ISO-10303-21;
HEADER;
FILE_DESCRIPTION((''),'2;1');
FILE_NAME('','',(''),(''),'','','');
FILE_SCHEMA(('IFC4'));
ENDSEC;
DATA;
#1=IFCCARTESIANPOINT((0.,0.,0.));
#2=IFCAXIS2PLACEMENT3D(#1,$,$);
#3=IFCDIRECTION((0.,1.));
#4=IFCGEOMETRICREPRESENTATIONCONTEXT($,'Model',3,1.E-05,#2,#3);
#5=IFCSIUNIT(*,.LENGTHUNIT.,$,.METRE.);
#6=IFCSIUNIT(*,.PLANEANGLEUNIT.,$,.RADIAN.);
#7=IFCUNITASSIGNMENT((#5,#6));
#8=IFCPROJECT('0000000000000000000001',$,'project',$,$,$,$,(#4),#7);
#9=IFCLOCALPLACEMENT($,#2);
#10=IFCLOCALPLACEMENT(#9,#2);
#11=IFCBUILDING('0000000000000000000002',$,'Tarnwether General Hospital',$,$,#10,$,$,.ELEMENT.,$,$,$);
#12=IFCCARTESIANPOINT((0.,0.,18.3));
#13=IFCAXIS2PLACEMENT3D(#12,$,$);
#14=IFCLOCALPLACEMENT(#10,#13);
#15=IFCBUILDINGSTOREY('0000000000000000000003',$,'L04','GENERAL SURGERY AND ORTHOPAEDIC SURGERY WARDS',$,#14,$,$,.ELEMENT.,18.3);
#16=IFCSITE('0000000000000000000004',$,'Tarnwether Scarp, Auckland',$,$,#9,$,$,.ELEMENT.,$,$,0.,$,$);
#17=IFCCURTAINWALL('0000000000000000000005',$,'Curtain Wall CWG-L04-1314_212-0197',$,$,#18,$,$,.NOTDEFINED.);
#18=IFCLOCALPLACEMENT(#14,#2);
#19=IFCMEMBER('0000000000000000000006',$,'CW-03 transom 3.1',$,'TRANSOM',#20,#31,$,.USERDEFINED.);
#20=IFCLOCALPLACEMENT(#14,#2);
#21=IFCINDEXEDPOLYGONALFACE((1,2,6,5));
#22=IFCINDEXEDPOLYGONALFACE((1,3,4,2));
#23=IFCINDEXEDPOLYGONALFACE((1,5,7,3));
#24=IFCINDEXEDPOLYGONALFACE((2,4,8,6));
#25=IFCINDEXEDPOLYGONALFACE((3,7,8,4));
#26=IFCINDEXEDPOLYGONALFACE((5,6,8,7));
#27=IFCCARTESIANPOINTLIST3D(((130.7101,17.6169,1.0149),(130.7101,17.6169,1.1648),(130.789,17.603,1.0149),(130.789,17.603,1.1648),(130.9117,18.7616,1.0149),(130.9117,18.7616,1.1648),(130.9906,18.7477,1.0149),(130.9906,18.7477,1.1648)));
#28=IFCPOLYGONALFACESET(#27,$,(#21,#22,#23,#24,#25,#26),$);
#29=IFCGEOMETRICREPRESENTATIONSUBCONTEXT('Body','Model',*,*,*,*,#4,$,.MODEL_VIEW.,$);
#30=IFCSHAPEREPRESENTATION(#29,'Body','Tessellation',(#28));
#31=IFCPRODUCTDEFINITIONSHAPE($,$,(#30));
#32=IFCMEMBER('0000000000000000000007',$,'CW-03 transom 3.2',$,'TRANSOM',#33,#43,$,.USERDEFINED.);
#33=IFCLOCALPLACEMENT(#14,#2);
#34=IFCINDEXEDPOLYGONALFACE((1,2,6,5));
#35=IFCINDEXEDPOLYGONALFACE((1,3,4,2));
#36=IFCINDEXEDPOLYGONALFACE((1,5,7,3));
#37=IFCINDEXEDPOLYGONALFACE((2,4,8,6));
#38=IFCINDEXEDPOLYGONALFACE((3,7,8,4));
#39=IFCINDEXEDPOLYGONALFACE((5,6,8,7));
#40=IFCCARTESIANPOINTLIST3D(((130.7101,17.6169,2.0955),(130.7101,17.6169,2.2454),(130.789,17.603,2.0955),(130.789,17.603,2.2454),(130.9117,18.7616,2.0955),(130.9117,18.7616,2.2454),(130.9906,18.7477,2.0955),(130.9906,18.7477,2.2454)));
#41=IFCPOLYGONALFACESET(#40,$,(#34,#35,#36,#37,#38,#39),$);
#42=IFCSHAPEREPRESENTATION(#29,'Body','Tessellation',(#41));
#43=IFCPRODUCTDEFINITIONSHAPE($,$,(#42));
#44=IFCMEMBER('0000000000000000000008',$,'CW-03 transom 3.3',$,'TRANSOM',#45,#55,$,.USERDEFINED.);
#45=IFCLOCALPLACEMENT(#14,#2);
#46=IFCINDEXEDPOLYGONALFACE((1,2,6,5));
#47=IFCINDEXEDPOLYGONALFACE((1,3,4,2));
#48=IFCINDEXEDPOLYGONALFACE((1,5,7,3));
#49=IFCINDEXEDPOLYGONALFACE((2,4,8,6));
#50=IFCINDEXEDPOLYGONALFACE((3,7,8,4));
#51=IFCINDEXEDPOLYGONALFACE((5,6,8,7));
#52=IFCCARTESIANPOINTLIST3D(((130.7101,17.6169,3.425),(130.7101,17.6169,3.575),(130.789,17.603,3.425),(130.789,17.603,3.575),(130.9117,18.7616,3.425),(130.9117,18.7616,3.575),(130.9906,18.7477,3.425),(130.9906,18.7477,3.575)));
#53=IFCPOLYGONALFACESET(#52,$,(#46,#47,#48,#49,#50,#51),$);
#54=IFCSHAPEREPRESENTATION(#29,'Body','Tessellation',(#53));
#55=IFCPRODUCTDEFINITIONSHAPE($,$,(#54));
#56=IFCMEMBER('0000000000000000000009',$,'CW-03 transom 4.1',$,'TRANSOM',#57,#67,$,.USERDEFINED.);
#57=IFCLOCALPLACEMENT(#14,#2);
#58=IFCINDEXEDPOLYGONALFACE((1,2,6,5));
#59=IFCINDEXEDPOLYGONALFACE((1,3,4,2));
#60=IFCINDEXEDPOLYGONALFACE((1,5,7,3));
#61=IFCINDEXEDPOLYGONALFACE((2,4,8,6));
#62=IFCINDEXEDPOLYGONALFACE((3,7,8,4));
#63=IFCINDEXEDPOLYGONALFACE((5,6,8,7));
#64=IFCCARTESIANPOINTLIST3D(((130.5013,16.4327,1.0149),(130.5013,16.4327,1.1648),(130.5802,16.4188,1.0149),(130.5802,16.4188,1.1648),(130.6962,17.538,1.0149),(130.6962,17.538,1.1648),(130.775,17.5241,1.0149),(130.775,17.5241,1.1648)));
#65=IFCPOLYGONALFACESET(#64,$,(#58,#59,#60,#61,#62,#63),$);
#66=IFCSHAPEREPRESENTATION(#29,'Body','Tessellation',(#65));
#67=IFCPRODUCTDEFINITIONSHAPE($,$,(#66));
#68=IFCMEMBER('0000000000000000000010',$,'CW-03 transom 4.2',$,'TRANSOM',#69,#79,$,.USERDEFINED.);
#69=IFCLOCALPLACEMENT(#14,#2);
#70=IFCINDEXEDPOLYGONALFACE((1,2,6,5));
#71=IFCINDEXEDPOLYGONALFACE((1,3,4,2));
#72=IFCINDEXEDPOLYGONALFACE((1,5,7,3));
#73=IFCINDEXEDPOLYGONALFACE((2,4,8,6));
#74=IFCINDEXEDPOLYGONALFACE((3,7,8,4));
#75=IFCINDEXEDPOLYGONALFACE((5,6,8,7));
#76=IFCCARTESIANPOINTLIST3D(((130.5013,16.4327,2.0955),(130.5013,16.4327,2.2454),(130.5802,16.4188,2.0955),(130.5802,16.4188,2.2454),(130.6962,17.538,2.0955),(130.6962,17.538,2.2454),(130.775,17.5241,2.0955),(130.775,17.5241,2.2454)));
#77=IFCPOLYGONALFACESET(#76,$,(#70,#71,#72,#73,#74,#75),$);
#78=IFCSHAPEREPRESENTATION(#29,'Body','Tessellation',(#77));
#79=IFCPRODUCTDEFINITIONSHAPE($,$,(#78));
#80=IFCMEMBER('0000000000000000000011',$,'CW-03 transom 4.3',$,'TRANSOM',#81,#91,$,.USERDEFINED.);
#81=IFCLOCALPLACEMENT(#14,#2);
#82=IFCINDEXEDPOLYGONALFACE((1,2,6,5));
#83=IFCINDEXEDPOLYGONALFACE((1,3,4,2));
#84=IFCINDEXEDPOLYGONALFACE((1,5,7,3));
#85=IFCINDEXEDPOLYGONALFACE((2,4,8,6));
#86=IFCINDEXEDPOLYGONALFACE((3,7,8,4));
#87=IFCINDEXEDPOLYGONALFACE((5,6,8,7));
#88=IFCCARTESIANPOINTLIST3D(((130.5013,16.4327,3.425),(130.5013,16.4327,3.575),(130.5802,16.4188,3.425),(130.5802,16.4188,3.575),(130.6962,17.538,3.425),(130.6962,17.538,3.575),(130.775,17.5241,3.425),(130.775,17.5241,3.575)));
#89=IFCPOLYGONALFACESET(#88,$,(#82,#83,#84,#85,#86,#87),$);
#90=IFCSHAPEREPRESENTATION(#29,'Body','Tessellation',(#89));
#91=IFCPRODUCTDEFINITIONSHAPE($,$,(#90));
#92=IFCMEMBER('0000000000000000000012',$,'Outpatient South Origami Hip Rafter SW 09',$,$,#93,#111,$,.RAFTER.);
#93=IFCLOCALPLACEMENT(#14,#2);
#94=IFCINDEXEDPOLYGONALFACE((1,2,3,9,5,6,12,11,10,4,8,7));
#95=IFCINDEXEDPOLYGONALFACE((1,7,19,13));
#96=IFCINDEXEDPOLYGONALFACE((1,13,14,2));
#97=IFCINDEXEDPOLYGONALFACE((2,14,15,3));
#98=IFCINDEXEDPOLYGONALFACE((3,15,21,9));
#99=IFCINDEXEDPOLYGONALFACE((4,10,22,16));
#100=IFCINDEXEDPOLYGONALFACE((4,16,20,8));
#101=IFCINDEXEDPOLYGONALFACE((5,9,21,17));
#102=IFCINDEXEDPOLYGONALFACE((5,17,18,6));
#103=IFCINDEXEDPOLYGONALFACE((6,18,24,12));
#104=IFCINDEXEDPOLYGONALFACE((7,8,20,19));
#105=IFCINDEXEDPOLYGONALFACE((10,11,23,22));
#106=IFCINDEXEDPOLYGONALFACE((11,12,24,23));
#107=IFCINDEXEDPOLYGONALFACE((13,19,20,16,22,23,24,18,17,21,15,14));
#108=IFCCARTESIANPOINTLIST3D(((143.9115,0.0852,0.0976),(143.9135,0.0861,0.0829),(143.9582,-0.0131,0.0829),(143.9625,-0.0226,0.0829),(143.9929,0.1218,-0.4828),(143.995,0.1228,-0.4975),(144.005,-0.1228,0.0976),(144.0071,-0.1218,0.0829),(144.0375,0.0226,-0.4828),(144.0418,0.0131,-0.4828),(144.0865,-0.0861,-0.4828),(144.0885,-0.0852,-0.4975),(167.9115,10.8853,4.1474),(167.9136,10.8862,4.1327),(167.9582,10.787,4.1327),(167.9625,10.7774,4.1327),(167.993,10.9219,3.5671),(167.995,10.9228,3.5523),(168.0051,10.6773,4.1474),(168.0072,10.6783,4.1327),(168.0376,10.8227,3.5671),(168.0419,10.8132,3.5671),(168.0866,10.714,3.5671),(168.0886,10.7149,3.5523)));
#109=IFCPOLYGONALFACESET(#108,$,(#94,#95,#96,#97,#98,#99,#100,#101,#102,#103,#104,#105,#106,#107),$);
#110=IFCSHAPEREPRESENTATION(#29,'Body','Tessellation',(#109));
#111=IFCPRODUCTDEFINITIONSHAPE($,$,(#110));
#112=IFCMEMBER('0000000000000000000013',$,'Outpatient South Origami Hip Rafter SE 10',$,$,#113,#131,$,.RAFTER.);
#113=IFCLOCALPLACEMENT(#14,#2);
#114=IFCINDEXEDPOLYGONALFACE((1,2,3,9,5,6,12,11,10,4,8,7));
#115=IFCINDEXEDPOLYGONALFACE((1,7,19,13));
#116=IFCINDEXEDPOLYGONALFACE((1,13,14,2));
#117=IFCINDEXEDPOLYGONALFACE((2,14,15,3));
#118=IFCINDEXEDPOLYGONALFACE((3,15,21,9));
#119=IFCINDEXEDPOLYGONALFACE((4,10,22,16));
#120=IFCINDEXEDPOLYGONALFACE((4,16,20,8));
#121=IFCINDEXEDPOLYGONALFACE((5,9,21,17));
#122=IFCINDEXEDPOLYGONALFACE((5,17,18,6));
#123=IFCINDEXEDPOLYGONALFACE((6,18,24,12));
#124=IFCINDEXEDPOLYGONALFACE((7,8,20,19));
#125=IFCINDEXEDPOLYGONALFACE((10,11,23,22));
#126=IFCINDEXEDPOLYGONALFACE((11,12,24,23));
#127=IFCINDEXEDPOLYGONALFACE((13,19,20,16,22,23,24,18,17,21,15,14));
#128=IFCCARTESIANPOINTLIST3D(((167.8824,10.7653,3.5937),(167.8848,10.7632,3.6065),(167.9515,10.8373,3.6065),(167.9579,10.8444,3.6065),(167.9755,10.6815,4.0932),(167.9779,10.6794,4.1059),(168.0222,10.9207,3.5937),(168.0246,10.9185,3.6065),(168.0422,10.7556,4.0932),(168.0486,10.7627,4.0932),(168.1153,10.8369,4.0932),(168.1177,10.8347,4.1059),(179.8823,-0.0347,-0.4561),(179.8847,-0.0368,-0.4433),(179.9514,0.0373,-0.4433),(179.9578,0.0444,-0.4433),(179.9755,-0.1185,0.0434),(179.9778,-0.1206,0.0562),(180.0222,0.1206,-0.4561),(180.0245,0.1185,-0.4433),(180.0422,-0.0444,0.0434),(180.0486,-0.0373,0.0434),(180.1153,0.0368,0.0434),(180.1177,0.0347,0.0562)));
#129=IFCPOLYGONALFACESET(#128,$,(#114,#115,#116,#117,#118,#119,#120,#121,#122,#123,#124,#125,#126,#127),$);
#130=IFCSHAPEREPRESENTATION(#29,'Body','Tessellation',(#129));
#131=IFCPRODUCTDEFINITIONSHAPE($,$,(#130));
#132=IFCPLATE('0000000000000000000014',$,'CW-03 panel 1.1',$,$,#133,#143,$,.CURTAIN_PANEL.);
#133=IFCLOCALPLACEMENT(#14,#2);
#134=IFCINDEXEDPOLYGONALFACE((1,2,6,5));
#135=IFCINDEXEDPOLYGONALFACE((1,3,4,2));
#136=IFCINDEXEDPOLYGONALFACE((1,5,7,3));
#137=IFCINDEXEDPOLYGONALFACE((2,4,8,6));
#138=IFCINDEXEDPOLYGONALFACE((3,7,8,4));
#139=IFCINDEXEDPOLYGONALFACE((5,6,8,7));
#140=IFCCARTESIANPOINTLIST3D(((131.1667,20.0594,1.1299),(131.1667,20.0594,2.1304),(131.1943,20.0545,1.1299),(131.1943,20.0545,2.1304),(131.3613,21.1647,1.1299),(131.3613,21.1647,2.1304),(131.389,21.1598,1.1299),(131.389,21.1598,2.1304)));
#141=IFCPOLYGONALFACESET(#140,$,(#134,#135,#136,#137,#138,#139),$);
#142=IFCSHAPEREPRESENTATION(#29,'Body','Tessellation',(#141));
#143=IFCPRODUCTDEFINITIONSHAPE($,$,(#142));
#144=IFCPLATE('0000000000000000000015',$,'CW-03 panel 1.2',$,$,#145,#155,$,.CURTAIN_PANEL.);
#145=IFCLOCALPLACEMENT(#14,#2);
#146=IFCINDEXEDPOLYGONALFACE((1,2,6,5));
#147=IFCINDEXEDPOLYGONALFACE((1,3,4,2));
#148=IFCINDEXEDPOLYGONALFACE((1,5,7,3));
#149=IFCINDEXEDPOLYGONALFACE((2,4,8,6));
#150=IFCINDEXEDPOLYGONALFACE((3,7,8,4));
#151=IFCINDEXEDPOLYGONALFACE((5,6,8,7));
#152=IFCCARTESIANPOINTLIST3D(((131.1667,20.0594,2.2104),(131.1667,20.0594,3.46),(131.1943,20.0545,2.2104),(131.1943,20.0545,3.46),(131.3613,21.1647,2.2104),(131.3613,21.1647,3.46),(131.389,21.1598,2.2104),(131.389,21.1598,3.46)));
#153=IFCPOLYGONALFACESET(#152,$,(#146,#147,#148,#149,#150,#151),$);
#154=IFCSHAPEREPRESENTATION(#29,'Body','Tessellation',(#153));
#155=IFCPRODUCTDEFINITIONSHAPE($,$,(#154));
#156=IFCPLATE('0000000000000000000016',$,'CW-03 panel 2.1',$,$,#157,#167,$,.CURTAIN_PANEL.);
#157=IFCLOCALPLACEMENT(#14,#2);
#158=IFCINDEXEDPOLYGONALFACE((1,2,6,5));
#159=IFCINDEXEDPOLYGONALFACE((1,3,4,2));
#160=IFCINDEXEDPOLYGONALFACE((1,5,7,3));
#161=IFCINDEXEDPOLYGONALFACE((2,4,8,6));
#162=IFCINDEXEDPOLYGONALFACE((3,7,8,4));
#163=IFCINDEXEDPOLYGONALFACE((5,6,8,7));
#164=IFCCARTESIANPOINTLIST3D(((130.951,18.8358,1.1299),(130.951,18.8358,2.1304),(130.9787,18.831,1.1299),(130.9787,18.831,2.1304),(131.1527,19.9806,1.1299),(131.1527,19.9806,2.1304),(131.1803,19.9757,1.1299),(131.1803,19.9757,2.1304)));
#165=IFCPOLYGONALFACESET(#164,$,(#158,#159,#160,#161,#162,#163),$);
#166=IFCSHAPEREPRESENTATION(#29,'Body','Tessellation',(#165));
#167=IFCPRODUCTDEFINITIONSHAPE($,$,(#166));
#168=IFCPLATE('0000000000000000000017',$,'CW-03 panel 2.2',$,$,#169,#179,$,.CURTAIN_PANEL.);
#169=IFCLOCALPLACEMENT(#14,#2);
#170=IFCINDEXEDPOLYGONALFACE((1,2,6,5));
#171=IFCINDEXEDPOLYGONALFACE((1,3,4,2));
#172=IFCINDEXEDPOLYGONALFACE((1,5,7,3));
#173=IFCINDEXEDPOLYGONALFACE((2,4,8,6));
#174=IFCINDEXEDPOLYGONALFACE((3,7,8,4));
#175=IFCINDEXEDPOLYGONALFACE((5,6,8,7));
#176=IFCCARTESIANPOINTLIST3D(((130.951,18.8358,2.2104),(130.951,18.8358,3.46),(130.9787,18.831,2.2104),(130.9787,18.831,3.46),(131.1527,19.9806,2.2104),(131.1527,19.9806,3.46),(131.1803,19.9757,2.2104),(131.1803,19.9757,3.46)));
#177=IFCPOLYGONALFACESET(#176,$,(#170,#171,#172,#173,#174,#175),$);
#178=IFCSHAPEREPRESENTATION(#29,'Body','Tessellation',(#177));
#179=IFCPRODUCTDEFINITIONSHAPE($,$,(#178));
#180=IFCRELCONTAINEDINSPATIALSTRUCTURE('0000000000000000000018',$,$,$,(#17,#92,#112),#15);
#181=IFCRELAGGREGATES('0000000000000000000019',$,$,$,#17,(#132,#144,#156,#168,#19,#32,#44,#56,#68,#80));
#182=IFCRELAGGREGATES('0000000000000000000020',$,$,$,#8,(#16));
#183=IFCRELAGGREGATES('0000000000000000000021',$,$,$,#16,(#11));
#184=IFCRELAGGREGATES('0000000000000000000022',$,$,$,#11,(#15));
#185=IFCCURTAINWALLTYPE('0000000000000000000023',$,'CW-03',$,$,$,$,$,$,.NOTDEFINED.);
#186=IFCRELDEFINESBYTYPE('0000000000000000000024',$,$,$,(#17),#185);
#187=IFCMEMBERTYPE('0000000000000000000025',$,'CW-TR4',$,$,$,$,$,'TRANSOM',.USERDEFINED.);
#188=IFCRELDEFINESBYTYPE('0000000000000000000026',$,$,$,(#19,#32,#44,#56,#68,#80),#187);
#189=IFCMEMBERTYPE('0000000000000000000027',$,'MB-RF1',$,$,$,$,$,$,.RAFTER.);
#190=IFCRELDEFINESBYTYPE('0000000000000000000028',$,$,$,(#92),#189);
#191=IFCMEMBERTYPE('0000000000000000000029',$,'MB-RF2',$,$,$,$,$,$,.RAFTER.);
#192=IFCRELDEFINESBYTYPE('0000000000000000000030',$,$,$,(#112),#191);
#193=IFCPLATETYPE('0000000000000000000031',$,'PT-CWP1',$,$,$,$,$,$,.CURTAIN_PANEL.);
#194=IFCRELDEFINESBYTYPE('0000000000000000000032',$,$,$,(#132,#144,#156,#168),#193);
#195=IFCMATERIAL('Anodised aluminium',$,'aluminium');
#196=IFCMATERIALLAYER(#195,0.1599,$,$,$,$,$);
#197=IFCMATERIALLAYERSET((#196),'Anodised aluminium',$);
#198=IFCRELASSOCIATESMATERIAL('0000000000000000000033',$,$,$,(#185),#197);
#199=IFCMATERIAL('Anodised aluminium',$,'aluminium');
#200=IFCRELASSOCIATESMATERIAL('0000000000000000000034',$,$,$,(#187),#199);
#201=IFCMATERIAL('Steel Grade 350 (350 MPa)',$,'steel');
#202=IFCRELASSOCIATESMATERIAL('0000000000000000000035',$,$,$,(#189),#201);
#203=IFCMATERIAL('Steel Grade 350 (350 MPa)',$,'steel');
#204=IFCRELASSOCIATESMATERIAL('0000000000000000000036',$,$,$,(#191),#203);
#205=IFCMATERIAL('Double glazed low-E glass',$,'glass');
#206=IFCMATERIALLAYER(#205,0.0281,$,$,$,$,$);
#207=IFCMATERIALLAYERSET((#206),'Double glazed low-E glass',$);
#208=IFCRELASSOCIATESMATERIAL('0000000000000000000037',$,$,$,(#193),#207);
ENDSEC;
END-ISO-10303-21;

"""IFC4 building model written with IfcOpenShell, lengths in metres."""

from ifc_helpers import new_model, si_unit, direction, frame, origin, origin_2d, place, context, subcontext, project, spatial, rectangle, i_section, extrude, material, layer, layer_set, material_profile, profile_set, type_object, element, aggregate, save


model = new_model("IFC4")

# Units and contexts
model_context = context("Model", 3, precision=1e-05, world=origin(), true_north=direction((0.0, 1.0)))
body_context = subcontext(model_context, "Body", "Model", "MODEL_VIEW")
ifc_project = project(units=[si_unit("LENGTHUNIT", "METRE"), si_unit("PLANEANGLEUNIT", "RADIAN")], contexts=[model_context])

# Site, building, storey
site_placement = place(None, origin())
site = spatial("IfcSite", under=ifc_project, at=site_placement, Name="Tarnwether Scarp, Auckland", CompositionType="ELEMENT", RefElevation=0.0)
building_placement = place(site_placement, origin())
building = spatial("IfcBuilding", under=site, at=building_placement, Name="Tarnwether General Hospital", CompositionType="ELEMENT")
storey_placement = place(building_placement, frame((0.0, 0.0, 18.3)))
storey = spatial("IfcBuildingStorey", under=building, at=storey_placement, Name="L04", Description="GENERAL SURGERY AND ORTHOPAEDIC SURGERY WARDS", CompositionType="ELEMENT", Elevation=18.3)

# Curtain wall, members
ifc_material_1 = material(Name="Anodised aluminium", Category="aluminium")
ifc_layer_1 = layer(ifc_material_1, 0.1599)
ifc_layer_set_1 = layer_set([ifc_layer_1], Name="Anodised aluminium")
curtain_wall_type = type_object("IfcCurtainWallType", Name="CW-03", PredefinedType="NOTDEFINED", material=ifc_layer_set_1)
curtain_wall_placement = place(storey_placement, origin())
curtain_wall = element("IfcCurtainWall", 1, at=curtain_wall_placement, inside=storey, type_object=curtain_wall_type, Name="Curtain Wall CWG-L04-1314_212-0197", PredefinedType="NOTDEFINED")
ifc_material_2 = material(Name="Anodised aluminium", Category="aluminium")
ifc_material_profile_1 = material_profile(ifc_material_2, rectangle(XDim=0.0801, YDim=0.1499, at=origin_2d()), Name="ALU-TRN-80x150")
ifc_profile_set_1 = profile_set([ifc_material_profile_1], Name="Anodised aluminium")
member_type_1 = type_object("IfcMemberType", Name="CW-TR4", ElementType="TRANSOM", PredefinedType="USERDEFINED", material=ifc_profile_set_1)
member_1_placement = place(storey_placement, frame((130.9512, 18.7546, 1.0898), z_axis=(-0.173486, -0.984836, 0.0), x_axis=(0.984836, -0.173486, 0.0)))
member_1 = element("IfcMember", 2, at=member_1_placement, type_object=member_type_1, Name="CW-03 transom 3.1", ObjectType="TRANSOM", PredefinedType="USERDEFINED", context=body_context, shape_type="SweptSolid", body=[
    extrude(rectangle(XDim=0.0801, YDim=0.1499, at=origin_2d()), origin(), (0.0, 0.0, 1.0), 1.1624),
])
member_2_placement = place(storey_placement, frame((130.9512, 18.7546, 2.1704), z_axis=(-0.173486, -0.984836, 0.0), x_axis=(0.984836, -0.173486, 0.0)))
member_2 = element("IfcMember", 3, at=member_2_placement, type_object=member_type_1, Name="CW-03 transom 3.2", ObjectType="TRANSOM", PredefinedType="USERDEFINED", context=body_context, shape_type="SweptSolid", body=[
    extrude(rectangle(XDim=0.0801, YDim=0.1499, at=origin_2d()), origin(), (0.0, 0.0, 1.0), 1.1624),
])
member_3_placement = place(storey_placement, frame((130.9512, 18.7546, 3.5), z_axis=(-0.173486, -0.984836, 0.0), x_axis=(0.984836, -0.173486, 0.0)))
member_3 = element("IfcMember", 4, at=member_3_placement, type_object=member_type_1, Name="CW-03 transom 3.3", ObjectType="TRANSOM", PredefinedType="USERDEFINED", context=body_context, shape_type="SweptSolid", body=[
    extrude(rectangle(XDim=0.0801, YDim=0.1499, at=origin_2d()), origin(), (0.0, 0.0, 1.0), 1.1624),
])
member_4_placement = place(storey_placement, frame((130.7356, 17.531, 1.0898), z_axis=(-0.173599, -0.984816, 0.0), x_axis=(0.984816, -0.173599, 0.0)))
member_4 = element("IfcMember", 5, at=member_4_placement, type_object=member_type_1, Name="CW-03 transom 4.1", ObjectType="TRANSOM", PredefinedType="USERDEFINED", context=body_context, shape_type="SweptSolid", body=[
    extrude(rectangle(XDim=0.0801, YDim=0.1499, at=origin_2d()), origin(), (0.0, 0.0, 1.0), 1.1223),
])
member_5_placement = place(storey_placement, frame((130.7356, 17.531, 2.1704), z_axis=(-0.173599, -0.984816, 0.0), x_axis=(0.984816, -0.173599, 0.0)))
member_5 = element("IfcMember", 6, at=member_5_placement, type_object=member_type_1, Name="CW-03 transom 4.2", ObjectType="TRANSOM", PredefinedType="USERDEFINED", context=body_context, shape_type="SweptSolid", body=[
    extrude(rectangle(XDim=0.0801, YDim=0.1499, at=origin_2d()), origin(), (0.0, 0.0, 1.0), 1.1223),
])
member_6_placement = place(storey_placement, frame((130.7356, 17.531, 3.5), z_axis=(-0.173599, -0.984816, 0.0), x_axis=(0.984816, -0.173599, 0.0)))
member_6 = element("IfcMember", 7, at=member_6_placement, type_object=member_type_1, Name="CW-03 transom 4.3", ObjectType="TRANSOM", PredefinedType="USERDEFINED", context=body_context, shape_type="SweptSolid", body=[
    extrude(rectangle(XDim=0.0801, YDim=0.1499, at=origin_2d()), origin(), (0.0, 0.0, 1.0), 1.1223),
])

# Members
ifc_material_3 = material(Name="Steel Grade 350 (350 MPa)", Category="steel")
ifc_material_profile_2 = material_profile(ifc_material_3, i_section(OverallWidth=0.228, OverallDepth=0.6021, WebThickness=0.0105, FlangeThickness=0.0149, at=origin_2d()), Name="610UB101")
ifc_profile_set_2 = profile_set([ifc_material_profile_2], Name="Steel Grade 350 (350 MPa)")
member_type_2 = type_object("IfcMemberType", Name="MB-RF1", PredefinedType="RAFTER", material=ifc_profile_set_2)
member_7_placement = place(storey_placement, frame((144.0, 0.0, -0.2), z_axis=(0.901312, 0.405592, 0.152089), x_axis=(-0.410366, 0.911921, 0.0)))
element("IfcMember", 8, at=member_7_placement, inside=storey, type_object=member_type_2, Name="Outpatient South Origami Hip Rafter SW 09", PredefinedType="RAFTER", context=body_context, shape_type="SweptSolid", body=[
    extrude(i_section(OverallWidth=0.228, OverallDepth=0.6021, WebThickness=0.0105, FlangeThickness=0.0149, at=origin_2d()), origin(), (0.0, 0.0, 1.0), 26.6279),
])
ifc_material_4 = material(Name="Steel Grade 350 (350 MPa)", Category="steel")
ifc_material_profile_3 = material_profile(ifc_material_4, i_section(OverallWidth=0.209, OverallDepth=0.5281, WebThickness=0.0095, FlangeThickness=0.0132, at=origin_2d()), Name="530UB82.0")
ifc_profile_set_3 = profile_set([ifc_material_profile_3], Name="Steel Grade 350 (350 MPa)")
member_type_3 = type_object("IfcMemberType", Name="MB-RF2", PredefinedType="RAFTER", material=ifc_profile_set_3)
member_8_placement = place(storey_placement, frame((180.0, 0.0, -0.2), z_axis=(-0.720956, 0.648863, 0.243311), x_axis=(-0.668966, -0.743293, 0.0)))
element("IfcMember", 9, at=member_8_placement, inside=storey, type_object=member_type_3, Name="Outpatient South Origami Hip Rafter SE 10", PredefinedType="RAFTER", context=body_context, shape_type="SweptSolid", body=[
    extrude(i_section(OverallWidth=0.209, OverallDepth=0.5281, WebThickness=0.0095, FlangeThickness=0.0132, at=origin_2d()), origin(), (0.0, 0.0, 1.0), 16.6445),
])

# Plates
ifc_material_5 = material(Name="Double glazed low-E glass", Category="glass")
ifc_layer_2 = layer(ifc_material_5, 0.0281)
ifc_layer_set_2 = layer_set([ifc_layer_2], Name="Double glazed low-E glass")
plate_type_1 = type_object("IfcPlateType", Name="PT-CWP1", PredefinedType="CURTAIN_PANEL", material=ifc_layer_set_2)
plate_1_placement = place(storey_placement, frame((131.2778, 20.6096, 1.1299), z_axis=(0.0, 0.0, 1.0), x_axis=(-0.173464, -0.98484, 0.0)))
plate_1 = element("IfcPlate", 10, at=plate_1_placement, type_object=plate_type_1, Name="CW-03 panel 1.1", PredefinedType="CURTAIN_PANEL", context=body_context, shape_type="SweptSolid", body=[
    extrude(rectangle(XDim=1.1223, YDim=0.0281, at=origin_2d()), origin(), (0.0, 0.0, 1.0), 1.0005),
])
plate_2_placement = place(storey_placement, frame((131.2778, 20.6096, 2.2104), z_axis=(0.0, 0.0, 1.0), x_axis=(-0.173464, -0.98484, 0.0)))
plate_2 = element("IfcPlate", 11, at=plate_2_placement, type_object=plate_type_1, Name="CW-03 panel 1.2", PredefinedType="CURTAIN_PANEL", context=body_context, shape_type="SweptSolid", body=[
    extrude(rectangle(XDim=1.1223, YDim=0.0281, at=origin_2d()), origin(), (0.0, 0.0, 1.0), 1.2495),
])
plate_3_placement = place(storey_placement, frame((131.0657, 19.4058, 1.1299), z_axis=(0.0, 0.0, 1.0), x_axis=(-0.173464, -0.98484, 0.0)))
plate_3 = element("IfcPlate", 12, at=plate_3_placement, type_object=plate_type_1, Name="CW-03 panel 2.1", PredefinedType="CURTAIN_PANEL", context=body_context, shape_type="SweptSolid", body=[
    extrude(rectangle(XDim=1.1624, YDim=0.0281, at=origin_2d()), origin(), (0.0, 0.0, 1.0), 1.0005),
])
plate_4_placement = place(storey_placement, frame((131.0657, 19.4058, 2.2104), z_axis=(0.0, 0.0, 1.0), x_axis=(-0.173464, -0.98484, 0.0)))
plate_4 = element("IfcPlate", 13, at=plate_4_placement, type_object=plate_type_1, Name="CW-03 panel 2.2", PredefinedType="CURTAIN_PANEL", context=body_context, shape_type="SweptSolid", body=[
    extrude(rectangle(XDim=1.1624, YDim=0.0281, at=origin_2d()), origin(), (0.0, 0.0, 1.0), 1.2495),
])
aggregate(curtain_wall, [plate_1, plate_2, plate_3, plate_4, member_1, member_2, member_3, member_4, member_5, member_6])

save(model, "model.ifc")
